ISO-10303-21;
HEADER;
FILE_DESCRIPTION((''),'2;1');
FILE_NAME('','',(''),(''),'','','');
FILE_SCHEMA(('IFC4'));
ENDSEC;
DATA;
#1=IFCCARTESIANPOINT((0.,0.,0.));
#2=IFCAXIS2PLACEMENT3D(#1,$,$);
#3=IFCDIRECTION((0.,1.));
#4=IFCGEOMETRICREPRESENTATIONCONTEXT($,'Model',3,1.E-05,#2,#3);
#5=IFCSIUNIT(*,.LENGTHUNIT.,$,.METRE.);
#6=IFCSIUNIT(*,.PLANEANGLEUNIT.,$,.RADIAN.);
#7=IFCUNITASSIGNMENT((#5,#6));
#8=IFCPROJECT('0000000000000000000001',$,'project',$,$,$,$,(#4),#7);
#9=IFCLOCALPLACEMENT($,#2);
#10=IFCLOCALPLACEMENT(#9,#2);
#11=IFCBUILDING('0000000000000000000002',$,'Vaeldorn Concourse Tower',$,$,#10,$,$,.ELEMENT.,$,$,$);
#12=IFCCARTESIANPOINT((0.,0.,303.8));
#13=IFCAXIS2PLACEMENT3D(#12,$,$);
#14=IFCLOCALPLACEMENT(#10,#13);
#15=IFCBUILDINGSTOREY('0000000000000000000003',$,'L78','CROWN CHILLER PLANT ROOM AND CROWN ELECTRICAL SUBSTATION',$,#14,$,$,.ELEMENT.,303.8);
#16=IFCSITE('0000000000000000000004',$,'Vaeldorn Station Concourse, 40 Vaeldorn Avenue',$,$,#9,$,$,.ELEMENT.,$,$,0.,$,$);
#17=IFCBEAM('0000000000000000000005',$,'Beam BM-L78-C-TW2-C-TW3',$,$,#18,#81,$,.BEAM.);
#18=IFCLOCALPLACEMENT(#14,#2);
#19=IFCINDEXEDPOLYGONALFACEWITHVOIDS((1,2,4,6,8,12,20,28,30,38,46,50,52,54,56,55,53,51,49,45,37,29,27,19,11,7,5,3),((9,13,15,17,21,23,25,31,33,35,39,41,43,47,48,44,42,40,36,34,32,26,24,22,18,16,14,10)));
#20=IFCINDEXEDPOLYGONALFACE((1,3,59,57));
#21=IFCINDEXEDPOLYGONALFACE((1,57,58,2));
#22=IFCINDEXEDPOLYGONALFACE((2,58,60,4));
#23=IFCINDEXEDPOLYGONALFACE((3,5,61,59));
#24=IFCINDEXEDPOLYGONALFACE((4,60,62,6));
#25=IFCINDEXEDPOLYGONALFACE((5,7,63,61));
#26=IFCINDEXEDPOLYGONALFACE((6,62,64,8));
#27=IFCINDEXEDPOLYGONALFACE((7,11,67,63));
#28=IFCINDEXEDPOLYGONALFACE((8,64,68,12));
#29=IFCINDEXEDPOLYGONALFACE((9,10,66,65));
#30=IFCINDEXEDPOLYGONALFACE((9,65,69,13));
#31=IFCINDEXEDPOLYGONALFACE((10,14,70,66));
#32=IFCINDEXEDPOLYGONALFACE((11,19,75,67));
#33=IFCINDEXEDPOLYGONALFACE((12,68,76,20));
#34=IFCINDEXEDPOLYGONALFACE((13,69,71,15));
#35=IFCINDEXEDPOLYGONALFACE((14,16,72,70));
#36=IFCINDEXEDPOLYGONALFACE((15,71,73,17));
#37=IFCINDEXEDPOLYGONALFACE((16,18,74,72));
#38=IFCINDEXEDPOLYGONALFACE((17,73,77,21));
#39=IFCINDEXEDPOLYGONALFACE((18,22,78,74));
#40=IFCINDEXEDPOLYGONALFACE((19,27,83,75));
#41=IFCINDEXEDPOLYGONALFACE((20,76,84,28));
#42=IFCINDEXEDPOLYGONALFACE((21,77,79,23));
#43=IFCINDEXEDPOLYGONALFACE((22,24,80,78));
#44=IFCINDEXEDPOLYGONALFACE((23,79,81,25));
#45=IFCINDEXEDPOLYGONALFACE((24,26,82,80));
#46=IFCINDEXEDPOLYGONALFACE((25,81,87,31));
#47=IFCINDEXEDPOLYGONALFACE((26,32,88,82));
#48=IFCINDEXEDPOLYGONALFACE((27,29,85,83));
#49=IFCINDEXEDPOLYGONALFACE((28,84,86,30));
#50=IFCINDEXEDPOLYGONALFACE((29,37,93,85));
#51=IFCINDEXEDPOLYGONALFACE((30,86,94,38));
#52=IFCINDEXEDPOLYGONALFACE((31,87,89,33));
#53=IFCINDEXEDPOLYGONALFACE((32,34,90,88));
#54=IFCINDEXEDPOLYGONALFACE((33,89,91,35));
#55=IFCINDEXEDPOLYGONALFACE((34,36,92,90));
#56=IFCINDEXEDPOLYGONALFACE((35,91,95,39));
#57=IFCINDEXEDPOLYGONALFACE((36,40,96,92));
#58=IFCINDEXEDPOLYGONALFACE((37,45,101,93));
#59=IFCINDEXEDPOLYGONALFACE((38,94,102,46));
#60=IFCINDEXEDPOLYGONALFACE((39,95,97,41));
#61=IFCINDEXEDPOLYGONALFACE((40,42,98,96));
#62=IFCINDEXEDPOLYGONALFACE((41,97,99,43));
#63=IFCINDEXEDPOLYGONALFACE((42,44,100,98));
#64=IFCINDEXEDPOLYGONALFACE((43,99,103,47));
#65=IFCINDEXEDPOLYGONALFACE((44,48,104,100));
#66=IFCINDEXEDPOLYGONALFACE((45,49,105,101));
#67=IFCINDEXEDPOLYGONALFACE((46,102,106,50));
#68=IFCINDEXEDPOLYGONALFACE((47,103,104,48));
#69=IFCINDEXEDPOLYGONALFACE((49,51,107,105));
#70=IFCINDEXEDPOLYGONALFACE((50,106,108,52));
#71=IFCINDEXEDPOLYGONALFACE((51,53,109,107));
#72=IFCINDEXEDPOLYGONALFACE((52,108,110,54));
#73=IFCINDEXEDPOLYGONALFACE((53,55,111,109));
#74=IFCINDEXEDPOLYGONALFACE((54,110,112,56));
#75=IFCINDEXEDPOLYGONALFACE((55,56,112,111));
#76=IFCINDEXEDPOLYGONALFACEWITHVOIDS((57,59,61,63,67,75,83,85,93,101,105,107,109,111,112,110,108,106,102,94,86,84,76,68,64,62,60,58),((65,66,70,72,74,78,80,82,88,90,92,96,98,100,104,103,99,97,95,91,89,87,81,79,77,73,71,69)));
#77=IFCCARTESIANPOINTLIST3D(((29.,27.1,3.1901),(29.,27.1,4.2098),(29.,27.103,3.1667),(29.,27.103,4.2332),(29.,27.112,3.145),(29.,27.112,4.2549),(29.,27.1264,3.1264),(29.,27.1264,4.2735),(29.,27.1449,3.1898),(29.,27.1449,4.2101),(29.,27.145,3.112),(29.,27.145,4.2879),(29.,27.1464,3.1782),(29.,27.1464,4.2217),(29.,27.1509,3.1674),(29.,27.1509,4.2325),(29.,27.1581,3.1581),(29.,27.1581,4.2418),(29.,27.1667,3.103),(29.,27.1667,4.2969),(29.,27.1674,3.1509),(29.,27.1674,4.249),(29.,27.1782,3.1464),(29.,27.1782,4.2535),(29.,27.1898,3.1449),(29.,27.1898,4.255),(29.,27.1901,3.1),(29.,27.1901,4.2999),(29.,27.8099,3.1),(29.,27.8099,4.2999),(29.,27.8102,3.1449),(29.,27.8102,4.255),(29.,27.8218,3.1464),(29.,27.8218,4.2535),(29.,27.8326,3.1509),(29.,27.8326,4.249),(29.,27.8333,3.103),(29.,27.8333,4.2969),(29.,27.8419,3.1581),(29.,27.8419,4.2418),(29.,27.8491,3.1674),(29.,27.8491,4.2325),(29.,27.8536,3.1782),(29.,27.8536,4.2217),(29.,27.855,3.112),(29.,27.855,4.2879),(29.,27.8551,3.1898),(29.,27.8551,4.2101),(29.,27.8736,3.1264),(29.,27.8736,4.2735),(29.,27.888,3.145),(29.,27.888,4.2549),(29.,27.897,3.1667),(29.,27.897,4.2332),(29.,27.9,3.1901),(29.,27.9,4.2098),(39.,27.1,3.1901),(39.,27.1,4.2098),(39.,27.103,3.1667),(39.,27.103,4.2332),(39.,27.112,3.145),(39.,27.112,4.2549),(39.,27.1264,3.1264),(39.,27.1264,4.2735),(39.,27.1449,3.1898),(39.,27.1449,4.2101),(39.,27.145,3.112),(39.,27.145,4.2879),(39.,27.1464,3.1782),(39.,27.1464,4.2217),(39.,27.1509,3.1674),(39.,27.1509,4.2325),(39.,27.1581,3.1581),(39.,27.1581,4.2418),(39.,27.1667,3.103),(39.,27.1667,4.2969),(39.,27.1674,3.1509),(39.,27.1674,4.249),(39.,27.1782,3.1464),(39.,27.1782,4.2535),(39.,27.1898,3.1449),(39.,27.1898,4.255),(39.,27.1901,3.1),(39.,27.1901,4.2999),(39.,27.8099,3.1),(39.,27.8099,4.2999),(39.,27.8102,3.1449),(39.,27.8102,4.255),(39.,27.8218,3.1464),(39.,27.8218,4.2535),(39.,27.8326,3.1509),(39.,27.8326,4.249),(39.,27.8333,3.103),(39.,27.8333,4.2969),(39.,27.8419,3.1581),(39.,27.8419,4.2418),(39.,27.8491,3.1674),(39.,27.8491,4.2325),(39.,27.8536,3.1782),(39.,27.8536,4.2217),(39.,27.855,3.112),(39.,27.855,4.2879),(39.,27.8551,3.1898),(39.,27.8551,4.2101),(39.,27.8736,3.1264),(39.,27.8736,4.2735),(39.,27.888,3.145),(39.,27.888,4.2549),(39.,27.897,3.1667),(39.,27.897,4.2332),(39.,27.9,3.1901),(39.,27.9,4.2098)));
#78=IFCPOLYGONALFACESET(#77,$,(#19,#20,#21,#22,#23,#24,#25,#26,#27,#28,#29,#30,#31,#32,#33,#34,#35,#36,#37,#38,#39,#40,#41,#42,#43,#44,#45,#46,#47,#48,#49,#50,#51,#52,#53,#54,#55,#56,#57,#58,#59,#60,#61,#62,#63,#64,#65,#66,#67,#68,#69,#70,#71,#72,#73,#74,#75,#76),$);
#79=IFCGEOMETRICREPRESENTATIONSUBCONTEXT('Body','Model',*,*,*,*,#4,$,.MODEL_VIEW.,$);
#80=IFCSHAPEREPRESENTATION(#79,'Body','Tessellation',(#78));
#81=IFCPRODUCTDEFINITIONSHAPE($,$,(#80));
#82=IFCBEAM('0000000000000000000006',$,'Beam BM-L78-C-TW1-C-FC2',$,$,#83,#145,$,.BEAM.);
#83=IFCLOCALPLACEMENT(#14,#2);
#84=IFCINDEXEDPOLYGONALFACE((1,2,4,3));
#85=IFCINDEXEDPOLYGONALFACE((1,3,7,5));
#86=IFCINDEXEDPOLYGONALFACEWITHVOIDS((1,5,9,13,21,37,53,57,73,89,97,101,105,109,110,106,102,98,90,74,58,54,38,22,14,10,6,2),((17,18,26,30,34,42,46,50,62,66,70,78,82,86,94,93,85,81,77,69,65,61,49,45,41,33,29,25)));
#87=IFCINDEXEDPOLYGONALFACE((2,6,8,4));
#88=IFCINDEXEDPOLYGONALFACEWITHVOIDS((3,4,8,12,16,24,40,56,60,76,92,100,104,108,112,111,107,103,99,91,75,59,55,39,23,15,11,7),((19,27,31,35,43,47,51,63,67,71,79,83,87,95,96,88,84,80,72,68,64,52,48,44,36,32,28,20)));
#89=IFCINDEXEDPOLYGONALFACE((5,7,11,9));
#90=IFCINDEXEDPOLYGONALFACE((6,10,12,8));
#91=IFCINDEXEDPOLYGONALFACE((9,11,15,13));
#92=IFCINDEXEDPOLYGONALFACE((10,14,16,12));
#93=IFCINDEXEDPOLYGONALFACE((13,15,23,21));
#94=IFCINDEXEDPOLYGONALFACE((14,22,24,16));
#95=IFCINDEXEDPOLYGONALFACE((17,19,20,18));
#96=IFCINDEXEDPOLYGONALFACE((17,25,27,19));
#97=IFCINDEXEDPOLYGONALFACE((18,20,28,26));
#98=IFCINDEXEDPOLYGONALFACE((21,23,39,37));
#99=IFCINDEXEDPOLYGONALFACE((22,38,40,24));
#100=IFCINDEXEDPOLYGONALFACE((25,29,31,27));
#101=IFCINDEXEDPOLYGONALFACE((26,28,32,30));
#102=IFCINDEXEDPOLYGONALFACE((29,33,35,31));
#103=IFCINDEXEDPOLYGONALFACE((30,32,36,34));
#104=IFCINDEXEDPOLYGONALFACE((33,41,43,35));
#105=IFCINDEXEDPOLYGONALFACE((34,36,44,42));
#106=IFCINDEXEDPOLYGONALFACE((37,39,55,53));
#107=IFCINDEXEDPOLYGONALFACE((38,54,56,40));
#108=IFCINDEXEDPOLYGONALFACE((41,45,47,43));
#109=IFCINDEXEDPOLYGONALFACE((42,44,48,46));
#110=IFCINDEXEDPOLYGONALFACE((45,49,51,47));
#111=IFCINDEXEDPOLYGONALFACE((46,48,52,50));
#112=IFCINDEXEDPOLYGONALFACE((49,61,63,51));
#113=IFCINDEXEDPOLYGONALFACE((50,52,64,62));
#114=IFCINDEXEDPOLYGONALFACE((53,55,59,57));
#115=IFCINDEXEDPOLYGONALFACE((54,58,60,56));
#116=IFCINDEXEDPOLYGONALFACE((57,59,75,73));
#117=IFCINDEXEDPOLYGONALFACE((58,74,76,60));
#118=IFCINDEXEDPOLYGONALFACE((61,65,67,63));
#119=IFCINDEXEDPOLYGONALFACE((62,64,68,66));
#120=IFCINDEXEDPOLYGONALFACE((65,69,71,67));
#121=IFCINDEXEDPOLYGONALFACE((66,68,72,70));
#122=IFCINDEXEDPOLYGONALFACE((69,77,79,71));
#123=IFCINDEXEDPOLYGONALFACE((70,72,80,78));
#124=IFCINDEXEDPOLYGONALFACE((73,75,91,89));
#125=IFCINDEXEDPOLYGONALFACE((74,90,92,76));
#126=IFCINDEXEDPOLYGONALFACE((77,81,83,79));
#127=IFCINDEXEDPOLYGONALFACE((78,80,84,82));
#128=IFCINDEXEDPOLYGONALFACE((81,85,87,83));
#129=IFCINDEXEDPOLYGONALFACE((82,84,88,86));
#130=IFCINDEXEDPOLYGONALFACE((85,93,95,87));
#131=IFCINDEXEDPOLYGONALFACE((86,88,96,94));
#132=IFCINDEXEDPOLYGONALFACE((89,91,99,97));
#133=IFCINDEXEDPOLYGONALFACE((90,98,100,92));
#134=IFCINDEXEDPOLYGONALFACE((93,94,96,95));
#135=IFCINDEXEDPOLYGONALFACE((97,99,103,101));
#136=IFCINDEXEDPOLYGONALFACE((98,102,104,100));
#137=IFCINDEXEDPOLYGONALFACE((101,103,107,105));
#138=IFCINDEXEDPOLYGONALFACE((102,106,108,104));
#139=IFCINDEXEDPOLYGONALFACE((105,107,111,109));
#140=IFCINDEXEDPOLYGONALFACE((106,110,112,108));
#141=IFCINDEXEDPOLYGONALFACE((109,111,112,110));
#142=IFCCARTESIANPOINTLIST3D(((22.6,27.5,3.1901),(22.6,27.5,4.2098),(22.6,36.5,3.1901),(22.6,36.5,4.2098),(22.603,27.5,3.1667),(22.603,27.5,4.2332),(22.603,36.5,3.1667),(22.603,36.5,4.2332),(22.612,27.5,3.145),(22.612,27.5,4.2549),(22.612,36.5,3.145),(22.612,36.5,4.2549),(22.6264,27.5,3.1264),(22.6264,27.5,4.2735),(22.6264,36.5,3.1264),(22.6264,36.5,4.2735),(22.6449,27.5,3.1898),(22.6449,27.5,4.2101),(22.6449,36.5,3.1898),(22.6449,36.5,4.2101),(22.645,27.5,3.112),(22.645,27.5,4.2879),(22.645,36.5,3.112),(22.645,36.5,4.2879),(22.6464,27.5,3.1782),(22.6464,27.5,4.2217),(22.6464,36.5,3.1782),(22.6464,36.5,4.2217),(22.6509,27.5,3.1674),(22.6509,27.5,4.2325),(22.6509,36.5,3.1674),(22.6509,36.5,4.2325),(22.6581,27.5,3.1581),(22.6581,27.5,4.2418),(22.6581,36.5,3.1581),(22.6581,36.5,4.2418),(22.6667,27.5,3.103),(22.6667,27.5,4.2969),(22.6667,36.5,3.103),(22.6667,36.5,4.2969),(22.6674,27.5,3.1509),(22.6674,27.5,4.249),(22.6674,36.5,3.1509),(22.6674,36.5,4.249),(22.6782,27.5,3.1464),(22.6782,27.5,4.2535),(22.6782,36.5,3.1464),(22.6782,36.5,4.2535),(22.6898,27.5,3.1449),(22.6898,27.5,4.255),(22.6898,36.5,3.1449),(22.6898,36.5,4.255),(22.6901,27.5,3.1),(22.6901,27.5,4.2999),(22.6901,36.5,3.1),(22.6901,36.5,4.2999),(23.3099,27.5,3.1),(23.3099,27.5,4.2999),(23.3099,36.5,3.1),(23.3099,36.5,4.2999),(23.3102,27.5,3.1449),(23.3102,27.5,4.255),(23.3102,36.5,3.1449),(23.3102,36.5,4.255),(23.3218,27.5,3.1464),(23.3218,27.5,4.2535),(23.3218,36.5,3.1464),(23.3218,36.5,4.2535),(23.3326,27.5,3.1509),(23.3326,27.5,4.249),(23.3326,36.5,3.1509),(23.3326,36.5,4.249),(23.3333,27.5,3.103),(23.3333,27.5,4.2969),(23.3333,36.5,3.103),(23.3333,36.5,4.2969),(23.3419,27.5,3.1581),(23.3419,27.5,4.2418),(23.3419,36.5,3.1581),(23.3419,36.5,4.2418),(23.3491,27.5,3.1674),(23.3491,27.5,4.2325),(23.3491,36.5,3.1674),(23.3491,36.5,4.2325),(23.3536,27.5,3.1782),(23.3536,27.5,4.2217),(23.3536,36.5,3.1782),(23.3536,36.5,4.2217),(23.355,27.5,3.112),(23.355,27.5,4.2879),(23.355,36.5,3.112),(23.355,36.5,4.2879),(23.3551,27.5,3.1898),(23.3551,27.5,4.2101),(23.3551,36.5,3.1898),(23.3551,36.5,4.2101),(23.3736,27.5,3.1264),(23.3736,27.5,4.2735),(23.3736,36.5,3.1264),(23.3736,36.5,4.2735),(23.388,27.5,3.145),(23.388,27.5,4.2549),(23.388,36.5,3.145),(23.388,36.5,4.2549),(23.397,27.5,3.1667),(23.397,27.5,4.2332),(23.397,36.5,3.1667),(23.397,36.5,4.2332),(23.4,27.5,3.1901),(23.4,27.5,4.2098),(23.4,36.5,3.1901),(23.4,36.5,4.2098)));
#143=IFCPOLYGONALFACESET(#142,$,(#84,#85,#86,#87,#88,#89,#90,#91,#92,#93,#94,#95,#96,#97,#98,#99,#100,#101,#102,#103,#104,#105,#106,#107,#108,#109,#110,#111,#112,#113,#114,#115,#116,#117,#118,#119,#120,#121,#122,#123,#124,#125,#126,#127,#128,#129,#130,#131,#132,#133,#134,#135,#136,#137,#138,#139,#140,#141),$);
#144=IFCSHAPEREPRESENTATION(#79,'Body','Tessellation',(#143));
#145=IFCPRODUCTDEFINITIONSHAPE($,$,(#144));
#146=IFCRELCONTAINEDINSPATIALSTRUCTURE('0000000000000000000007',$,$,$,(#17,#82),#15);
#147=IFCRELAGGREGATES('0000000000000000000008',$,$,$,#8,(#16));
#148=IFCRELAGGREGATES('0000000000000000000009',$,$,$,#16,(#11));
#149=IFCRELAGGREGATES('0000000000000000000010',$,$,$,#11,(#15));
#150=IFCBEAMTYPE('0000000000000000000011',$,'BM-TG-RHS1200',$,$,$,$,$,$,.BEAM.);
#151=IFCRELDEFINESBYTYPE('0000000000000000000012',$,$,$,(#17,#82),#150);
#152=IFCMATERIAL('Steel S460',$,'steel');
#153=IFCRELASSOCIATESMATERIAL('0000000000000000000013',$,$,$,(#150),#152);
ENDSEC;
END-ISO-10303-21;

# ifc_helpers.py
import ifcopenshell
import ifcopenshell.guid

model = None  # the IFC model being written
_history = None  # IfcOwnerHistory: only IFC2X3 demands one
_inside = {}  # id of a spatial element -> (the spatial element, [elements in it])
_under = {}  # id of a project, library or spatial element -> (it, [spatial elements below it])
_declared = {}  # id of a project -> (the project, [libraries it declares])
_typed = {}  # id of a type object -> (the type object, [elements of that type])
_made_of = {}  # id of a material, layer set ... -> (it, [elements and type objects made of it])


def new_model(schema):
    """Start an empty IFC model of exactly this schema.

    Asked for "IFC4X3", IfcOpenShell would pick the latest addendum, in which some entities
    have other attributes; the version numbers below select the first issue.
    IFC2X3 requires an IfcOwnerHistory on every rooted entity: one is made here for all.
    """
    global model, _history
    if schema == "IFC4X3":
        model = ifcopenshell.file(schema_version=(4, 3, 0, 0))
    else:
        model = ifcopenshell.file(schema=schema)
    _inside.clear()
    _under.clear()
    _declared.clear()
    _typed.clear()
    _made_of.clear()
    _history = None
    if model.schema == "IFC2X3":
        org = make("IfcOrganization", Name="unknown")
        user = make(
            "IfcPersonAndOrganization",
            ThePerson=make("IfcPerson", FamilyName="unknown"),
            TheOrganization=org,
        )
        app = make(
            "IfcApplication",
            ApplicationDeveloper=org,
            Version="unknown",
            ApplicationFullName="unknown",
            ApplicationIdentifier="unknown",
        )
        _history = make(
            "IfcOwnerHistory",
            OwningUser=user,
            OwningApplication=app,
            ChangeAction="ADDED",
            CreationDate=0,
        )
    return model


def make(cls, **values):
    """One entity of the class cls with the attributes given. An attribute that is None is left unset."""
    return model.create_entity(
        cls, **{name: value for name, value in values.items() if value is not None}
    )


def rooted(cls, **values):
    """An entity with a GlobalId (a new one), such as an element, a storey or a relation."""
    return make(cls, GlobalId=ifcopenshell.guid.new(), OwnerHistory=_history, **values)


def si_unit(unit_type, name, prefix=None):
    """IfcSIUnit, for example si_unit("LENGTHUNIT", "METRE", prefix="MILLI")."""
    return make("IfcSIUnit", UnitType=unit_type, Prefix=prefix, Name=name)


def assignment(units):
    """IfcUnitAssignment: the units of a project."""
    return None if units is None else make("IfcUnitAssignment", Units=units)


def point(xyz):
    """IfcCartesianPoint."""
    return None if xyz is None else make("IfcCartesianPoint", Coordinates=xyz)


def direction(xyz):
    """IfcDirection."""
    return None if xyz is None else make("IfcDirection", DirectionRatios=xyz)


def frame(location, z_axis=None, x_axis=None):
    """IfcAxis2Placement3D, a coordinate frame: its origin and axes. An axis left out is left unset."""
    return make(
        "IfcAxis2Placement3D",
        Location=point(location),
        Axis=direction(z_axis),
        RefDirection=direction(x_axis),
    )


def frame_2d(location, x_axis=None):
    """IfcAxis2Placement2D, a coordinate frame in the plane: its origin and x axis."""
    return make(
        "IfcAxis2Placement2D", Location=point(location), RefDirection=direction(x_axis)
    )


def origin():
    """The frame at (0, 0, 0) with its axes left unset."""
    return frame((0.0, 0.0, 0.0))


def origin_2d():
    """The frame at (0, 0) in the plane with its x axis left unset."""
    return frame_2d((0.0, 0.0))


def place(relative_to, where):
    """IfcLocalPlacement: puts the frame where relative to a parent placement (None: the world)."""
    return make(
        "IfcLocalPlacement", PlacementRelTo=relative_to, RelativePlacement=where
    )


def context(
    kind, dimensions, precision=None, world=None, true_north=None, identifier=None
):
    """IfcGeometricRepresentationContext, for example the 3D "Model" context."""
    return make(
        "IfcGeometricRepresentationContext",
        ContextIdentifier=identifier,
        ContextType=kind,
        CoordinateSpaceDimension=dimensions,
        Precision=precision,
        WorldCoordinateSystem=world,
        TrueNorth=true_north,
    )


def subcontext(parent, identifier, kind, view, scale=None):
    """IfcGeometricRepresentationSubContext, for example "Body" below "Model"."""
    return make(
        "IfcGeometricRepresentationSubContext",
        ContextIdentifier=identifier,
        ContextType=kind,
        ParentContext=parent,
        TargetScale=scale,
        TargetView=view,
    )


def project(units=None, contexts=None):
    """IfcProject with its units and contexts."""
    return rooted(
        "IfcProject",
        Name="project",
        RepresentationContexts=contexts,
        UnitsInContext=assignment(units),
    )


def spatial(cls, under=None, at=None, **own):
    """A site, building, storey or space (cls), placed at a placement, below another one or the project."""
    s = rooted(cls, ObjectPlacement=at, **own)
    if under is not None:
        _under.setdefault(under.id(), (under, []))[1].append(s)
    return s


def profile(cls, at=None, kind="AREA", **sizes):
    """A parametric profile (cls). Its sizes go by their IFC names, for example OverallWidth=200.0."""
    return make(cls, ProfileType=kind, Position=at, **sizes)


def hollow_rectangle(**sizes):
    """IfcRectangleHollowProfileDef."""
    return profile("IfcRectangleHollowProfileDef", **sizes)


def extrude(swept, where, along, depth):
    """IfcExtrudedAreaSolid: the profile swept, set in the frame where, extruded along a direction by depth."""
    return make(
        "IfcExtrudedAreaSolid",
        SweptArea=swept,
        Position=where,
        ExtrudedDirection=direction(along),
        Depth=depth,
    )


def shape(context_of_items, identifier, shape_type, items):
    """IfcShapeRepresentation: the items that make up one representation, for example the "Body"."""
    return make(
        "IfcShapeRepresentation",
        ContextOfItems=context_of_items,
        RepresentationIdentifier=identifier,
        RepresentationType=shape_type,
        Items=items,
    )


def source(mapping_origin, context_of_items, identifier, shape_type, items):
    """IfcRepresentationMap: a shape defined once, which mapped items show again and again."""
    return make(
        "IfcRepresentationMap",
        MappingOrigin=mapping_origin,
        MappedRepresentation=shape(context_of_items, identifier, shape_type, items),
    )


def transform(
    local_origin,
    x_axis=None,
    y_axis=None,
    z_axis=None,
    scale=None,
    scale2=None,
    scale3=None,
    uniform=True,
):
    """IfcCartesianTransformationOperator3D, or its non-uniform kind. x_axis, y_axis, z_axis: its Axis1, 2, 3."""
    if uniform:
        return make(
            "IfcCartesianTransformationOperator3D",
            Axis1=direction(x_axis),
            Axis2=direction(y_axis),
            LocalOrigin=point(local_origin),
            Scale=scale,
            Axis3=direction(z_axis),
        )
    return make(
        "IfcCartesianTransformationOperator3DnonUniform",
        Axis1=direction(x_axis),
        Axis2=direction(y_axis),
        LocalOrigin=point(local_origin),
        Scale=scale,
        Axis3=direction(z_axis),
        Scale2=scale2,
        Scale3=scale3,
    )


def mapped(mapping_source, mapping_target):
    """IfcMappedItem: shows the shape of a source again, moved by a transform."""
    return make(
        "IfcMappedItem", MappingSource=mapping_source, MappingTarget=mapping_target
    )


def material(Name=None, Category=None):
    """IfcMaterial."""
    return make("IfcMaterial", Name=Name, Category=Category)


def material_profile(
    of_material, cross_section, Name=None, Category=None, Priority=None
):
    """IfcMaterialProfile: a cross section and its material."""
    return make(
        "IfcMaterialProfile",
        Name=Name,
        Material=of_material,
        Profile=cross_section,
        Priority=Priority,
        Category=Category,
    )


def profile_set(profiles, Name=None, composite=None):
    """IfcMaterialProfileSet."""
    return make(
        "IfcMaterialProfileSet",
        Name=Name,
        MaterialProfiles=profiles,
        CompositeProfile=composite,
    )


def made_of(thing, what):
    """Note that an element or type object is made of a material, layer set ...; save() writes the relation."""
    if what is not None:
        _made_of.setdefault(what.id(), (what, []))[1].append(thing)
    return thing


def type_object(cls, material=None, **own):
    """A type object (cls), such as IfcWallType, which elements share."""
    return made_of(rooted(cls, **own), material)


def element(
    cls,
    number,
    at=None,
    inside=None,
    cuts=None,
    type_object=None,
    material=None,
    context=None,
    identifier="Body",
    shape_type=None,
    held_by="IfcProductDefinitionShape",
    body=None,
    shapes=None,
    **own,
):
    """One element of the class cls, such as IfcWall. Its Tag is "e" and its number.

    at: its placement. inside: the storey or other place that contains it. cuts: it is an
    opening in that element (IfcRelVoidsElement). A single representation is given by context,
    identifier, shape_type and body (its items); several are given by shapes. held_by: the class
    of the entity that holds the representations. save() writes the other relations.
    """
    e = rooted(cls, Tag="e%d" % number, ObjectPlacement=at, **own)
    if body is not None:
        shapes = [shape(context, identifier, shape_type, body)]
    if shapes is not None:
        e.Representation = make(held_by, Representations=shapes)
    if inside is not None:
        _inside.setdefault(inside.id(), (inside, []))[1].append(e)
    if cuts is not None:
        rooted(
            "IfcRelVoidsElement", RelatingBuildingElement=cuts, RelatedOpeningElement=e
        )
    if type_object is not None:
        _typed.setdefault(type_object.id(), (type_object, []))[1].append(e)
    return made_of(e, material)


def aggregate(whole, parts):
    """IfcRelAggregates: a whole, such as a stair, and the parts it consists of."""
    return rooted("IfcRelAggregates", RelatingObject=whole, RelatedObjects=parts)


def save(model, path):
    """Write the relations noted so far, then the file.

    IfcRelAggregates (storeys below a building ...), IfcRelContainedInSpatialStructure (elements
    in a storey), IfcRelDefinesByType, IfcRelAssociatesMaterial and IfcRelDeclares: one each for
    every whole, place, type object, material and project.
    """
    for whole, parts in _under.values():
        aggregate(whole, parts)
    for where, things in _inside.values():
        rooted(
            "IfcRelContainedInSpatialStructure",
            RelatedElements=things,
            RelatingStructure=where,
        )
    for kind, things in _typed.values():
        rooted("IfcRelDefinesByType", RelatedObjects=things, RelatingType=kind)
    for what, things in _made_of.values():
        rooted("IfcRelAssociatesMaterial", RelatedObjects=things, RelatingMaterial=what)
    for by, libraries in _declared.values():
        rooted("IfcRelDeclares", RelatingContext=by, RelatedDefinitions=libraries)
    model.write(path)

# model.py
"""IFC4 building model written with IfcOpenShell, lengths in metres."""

from ifc_helpers import new_model, si_unit, direction, frame, origin, origin_2d, place, context, subcontext, project, spatial, hollow_rectangle, extrude, source, transform, mapped, material, material_profile, profile_set, type_object, element, save


model = new_model("IFC4")

# Units and contexts
model_context = context("Model", 3, precision=1e-05, world=origin(), true_north=direction((0.0, 1.0)))
body_context = subcontext(model_context, "Body", "Model", "MODEL_VIEW")
ifc_project = project(units=[si_unit("LENGTHUNIT", "METRE"), si_unit("PLANEANGLEUNIT", "RADIAN")], contexts=[model_context])

# Site, building, storey
site_placement = place(None, origin())
site = spatial("IfcSite", under=ifc_project, at=site_placement, Name="Vaeldorn Station Concourse, 40 Vaeldorn Avenue", CompositionType="ELEMENT", RefElevation=0.0)
building_placement = place(site_placement, origin())
building = spatial("IfcBuilding", under=site, at=building_placement, Name="Vaeldorn Concourse Tower", CompositionType="ELEMENT")
storey_placement = place(building_placement, frame((0.0, 0.0, 303.8)))
storey = spatial("IfcBuildingStorey", under=building, at=storey_placement, Name="L78", Description="CROWN CHILLER PLANT ROOM AND CROWN ELECTRICAL SUBSTATION", CompositionType="ELEMENT", Elevation=303.8)

# Beams
ifc_material_1 = material(Name="Steel S460", Category="steel")
ifc_material_profile_1 = material_profile(ifc_material_1, hollow_rectangle(XDim=0.8, YDim=1.2, WallThickness=0.0449, InnerFilletRadius=0.0449, OuterFilletRadius=0.0901, at=origin_2d()), Name="RHS 1200x800x45")
ifc_profile_set_1 = profile_set([ifc_material_profile_1], Name="Steel S460")
beam_type_1 = type_object("IfcBeamType", Name="BM-TG-RHS1200", PredefinedType="BEAM", material=ifc_profile_set_1)
shared_shape_1 = source(origin(), body_context, "Body", "SweptSolid", [
    extrude(hollow_rectangle(XDim=0.8, YDim=1.2, WallThickness=0.0449, InnerFilletRadius=0.0449, OuterFilletRadius=0.0901, at=origin_2d()), origin(), (0.0, 0.0, 1.0), 10.0),
])
beam_1_placement = place(storey_placement, frame((29.0, 27.5, 3.7), z_axis=(1.0, 0.0, 0.0), x_axis=(0.0, 1.0, 0.0)))
element("IfcBeam", 1, at=beam_1_placement, inside=storey, type_object=beam_type_1, Name="Beam BM-L78-C-TW2-C-TW3", PredefinedType="BEAM", context=body_context, shape_type="MappedRepresentation", body=[
    mapped(shared_shape_1, transform((0.0, 0.0, 0.0), scale=1.0)),
])
shared_shape_2 = source(origin(), body_context, "Body", "SweptSolid", [
    extrude(hollow_rectangle(XDim=0.8, YDim=1.2, WallThickness=0.0449, InnerFilletRadius=0.0449, OuterFilletRadius=0.0901, at=origin_2d()), origin(), (0.0, 0.0, 1.0), 9.0),
])
for number, where, z_axis, x_axis, name in (
    (2, (23.0, 27.5, 3.7), (0.0, 1.0, 0.0), (-1.0, 0.0, 0.0), "Beam BM-L78-C-TW1-C-FC2"),
):
    element("IfcBeam", number, at=place(storey_placement, frame(where, z_axis=z_axis, x_axis=x_axis)), inside=storey, type_object=beam_type_1, Name=name, PredefinedType="BEAM", context=body_context, shape_type="MappedRepresentation", body=[
        mapped(shared_shape_2, transform((0.0, 0.0, 0.0), scale=1.0)),
    ])

save(model, "model.ifc")
